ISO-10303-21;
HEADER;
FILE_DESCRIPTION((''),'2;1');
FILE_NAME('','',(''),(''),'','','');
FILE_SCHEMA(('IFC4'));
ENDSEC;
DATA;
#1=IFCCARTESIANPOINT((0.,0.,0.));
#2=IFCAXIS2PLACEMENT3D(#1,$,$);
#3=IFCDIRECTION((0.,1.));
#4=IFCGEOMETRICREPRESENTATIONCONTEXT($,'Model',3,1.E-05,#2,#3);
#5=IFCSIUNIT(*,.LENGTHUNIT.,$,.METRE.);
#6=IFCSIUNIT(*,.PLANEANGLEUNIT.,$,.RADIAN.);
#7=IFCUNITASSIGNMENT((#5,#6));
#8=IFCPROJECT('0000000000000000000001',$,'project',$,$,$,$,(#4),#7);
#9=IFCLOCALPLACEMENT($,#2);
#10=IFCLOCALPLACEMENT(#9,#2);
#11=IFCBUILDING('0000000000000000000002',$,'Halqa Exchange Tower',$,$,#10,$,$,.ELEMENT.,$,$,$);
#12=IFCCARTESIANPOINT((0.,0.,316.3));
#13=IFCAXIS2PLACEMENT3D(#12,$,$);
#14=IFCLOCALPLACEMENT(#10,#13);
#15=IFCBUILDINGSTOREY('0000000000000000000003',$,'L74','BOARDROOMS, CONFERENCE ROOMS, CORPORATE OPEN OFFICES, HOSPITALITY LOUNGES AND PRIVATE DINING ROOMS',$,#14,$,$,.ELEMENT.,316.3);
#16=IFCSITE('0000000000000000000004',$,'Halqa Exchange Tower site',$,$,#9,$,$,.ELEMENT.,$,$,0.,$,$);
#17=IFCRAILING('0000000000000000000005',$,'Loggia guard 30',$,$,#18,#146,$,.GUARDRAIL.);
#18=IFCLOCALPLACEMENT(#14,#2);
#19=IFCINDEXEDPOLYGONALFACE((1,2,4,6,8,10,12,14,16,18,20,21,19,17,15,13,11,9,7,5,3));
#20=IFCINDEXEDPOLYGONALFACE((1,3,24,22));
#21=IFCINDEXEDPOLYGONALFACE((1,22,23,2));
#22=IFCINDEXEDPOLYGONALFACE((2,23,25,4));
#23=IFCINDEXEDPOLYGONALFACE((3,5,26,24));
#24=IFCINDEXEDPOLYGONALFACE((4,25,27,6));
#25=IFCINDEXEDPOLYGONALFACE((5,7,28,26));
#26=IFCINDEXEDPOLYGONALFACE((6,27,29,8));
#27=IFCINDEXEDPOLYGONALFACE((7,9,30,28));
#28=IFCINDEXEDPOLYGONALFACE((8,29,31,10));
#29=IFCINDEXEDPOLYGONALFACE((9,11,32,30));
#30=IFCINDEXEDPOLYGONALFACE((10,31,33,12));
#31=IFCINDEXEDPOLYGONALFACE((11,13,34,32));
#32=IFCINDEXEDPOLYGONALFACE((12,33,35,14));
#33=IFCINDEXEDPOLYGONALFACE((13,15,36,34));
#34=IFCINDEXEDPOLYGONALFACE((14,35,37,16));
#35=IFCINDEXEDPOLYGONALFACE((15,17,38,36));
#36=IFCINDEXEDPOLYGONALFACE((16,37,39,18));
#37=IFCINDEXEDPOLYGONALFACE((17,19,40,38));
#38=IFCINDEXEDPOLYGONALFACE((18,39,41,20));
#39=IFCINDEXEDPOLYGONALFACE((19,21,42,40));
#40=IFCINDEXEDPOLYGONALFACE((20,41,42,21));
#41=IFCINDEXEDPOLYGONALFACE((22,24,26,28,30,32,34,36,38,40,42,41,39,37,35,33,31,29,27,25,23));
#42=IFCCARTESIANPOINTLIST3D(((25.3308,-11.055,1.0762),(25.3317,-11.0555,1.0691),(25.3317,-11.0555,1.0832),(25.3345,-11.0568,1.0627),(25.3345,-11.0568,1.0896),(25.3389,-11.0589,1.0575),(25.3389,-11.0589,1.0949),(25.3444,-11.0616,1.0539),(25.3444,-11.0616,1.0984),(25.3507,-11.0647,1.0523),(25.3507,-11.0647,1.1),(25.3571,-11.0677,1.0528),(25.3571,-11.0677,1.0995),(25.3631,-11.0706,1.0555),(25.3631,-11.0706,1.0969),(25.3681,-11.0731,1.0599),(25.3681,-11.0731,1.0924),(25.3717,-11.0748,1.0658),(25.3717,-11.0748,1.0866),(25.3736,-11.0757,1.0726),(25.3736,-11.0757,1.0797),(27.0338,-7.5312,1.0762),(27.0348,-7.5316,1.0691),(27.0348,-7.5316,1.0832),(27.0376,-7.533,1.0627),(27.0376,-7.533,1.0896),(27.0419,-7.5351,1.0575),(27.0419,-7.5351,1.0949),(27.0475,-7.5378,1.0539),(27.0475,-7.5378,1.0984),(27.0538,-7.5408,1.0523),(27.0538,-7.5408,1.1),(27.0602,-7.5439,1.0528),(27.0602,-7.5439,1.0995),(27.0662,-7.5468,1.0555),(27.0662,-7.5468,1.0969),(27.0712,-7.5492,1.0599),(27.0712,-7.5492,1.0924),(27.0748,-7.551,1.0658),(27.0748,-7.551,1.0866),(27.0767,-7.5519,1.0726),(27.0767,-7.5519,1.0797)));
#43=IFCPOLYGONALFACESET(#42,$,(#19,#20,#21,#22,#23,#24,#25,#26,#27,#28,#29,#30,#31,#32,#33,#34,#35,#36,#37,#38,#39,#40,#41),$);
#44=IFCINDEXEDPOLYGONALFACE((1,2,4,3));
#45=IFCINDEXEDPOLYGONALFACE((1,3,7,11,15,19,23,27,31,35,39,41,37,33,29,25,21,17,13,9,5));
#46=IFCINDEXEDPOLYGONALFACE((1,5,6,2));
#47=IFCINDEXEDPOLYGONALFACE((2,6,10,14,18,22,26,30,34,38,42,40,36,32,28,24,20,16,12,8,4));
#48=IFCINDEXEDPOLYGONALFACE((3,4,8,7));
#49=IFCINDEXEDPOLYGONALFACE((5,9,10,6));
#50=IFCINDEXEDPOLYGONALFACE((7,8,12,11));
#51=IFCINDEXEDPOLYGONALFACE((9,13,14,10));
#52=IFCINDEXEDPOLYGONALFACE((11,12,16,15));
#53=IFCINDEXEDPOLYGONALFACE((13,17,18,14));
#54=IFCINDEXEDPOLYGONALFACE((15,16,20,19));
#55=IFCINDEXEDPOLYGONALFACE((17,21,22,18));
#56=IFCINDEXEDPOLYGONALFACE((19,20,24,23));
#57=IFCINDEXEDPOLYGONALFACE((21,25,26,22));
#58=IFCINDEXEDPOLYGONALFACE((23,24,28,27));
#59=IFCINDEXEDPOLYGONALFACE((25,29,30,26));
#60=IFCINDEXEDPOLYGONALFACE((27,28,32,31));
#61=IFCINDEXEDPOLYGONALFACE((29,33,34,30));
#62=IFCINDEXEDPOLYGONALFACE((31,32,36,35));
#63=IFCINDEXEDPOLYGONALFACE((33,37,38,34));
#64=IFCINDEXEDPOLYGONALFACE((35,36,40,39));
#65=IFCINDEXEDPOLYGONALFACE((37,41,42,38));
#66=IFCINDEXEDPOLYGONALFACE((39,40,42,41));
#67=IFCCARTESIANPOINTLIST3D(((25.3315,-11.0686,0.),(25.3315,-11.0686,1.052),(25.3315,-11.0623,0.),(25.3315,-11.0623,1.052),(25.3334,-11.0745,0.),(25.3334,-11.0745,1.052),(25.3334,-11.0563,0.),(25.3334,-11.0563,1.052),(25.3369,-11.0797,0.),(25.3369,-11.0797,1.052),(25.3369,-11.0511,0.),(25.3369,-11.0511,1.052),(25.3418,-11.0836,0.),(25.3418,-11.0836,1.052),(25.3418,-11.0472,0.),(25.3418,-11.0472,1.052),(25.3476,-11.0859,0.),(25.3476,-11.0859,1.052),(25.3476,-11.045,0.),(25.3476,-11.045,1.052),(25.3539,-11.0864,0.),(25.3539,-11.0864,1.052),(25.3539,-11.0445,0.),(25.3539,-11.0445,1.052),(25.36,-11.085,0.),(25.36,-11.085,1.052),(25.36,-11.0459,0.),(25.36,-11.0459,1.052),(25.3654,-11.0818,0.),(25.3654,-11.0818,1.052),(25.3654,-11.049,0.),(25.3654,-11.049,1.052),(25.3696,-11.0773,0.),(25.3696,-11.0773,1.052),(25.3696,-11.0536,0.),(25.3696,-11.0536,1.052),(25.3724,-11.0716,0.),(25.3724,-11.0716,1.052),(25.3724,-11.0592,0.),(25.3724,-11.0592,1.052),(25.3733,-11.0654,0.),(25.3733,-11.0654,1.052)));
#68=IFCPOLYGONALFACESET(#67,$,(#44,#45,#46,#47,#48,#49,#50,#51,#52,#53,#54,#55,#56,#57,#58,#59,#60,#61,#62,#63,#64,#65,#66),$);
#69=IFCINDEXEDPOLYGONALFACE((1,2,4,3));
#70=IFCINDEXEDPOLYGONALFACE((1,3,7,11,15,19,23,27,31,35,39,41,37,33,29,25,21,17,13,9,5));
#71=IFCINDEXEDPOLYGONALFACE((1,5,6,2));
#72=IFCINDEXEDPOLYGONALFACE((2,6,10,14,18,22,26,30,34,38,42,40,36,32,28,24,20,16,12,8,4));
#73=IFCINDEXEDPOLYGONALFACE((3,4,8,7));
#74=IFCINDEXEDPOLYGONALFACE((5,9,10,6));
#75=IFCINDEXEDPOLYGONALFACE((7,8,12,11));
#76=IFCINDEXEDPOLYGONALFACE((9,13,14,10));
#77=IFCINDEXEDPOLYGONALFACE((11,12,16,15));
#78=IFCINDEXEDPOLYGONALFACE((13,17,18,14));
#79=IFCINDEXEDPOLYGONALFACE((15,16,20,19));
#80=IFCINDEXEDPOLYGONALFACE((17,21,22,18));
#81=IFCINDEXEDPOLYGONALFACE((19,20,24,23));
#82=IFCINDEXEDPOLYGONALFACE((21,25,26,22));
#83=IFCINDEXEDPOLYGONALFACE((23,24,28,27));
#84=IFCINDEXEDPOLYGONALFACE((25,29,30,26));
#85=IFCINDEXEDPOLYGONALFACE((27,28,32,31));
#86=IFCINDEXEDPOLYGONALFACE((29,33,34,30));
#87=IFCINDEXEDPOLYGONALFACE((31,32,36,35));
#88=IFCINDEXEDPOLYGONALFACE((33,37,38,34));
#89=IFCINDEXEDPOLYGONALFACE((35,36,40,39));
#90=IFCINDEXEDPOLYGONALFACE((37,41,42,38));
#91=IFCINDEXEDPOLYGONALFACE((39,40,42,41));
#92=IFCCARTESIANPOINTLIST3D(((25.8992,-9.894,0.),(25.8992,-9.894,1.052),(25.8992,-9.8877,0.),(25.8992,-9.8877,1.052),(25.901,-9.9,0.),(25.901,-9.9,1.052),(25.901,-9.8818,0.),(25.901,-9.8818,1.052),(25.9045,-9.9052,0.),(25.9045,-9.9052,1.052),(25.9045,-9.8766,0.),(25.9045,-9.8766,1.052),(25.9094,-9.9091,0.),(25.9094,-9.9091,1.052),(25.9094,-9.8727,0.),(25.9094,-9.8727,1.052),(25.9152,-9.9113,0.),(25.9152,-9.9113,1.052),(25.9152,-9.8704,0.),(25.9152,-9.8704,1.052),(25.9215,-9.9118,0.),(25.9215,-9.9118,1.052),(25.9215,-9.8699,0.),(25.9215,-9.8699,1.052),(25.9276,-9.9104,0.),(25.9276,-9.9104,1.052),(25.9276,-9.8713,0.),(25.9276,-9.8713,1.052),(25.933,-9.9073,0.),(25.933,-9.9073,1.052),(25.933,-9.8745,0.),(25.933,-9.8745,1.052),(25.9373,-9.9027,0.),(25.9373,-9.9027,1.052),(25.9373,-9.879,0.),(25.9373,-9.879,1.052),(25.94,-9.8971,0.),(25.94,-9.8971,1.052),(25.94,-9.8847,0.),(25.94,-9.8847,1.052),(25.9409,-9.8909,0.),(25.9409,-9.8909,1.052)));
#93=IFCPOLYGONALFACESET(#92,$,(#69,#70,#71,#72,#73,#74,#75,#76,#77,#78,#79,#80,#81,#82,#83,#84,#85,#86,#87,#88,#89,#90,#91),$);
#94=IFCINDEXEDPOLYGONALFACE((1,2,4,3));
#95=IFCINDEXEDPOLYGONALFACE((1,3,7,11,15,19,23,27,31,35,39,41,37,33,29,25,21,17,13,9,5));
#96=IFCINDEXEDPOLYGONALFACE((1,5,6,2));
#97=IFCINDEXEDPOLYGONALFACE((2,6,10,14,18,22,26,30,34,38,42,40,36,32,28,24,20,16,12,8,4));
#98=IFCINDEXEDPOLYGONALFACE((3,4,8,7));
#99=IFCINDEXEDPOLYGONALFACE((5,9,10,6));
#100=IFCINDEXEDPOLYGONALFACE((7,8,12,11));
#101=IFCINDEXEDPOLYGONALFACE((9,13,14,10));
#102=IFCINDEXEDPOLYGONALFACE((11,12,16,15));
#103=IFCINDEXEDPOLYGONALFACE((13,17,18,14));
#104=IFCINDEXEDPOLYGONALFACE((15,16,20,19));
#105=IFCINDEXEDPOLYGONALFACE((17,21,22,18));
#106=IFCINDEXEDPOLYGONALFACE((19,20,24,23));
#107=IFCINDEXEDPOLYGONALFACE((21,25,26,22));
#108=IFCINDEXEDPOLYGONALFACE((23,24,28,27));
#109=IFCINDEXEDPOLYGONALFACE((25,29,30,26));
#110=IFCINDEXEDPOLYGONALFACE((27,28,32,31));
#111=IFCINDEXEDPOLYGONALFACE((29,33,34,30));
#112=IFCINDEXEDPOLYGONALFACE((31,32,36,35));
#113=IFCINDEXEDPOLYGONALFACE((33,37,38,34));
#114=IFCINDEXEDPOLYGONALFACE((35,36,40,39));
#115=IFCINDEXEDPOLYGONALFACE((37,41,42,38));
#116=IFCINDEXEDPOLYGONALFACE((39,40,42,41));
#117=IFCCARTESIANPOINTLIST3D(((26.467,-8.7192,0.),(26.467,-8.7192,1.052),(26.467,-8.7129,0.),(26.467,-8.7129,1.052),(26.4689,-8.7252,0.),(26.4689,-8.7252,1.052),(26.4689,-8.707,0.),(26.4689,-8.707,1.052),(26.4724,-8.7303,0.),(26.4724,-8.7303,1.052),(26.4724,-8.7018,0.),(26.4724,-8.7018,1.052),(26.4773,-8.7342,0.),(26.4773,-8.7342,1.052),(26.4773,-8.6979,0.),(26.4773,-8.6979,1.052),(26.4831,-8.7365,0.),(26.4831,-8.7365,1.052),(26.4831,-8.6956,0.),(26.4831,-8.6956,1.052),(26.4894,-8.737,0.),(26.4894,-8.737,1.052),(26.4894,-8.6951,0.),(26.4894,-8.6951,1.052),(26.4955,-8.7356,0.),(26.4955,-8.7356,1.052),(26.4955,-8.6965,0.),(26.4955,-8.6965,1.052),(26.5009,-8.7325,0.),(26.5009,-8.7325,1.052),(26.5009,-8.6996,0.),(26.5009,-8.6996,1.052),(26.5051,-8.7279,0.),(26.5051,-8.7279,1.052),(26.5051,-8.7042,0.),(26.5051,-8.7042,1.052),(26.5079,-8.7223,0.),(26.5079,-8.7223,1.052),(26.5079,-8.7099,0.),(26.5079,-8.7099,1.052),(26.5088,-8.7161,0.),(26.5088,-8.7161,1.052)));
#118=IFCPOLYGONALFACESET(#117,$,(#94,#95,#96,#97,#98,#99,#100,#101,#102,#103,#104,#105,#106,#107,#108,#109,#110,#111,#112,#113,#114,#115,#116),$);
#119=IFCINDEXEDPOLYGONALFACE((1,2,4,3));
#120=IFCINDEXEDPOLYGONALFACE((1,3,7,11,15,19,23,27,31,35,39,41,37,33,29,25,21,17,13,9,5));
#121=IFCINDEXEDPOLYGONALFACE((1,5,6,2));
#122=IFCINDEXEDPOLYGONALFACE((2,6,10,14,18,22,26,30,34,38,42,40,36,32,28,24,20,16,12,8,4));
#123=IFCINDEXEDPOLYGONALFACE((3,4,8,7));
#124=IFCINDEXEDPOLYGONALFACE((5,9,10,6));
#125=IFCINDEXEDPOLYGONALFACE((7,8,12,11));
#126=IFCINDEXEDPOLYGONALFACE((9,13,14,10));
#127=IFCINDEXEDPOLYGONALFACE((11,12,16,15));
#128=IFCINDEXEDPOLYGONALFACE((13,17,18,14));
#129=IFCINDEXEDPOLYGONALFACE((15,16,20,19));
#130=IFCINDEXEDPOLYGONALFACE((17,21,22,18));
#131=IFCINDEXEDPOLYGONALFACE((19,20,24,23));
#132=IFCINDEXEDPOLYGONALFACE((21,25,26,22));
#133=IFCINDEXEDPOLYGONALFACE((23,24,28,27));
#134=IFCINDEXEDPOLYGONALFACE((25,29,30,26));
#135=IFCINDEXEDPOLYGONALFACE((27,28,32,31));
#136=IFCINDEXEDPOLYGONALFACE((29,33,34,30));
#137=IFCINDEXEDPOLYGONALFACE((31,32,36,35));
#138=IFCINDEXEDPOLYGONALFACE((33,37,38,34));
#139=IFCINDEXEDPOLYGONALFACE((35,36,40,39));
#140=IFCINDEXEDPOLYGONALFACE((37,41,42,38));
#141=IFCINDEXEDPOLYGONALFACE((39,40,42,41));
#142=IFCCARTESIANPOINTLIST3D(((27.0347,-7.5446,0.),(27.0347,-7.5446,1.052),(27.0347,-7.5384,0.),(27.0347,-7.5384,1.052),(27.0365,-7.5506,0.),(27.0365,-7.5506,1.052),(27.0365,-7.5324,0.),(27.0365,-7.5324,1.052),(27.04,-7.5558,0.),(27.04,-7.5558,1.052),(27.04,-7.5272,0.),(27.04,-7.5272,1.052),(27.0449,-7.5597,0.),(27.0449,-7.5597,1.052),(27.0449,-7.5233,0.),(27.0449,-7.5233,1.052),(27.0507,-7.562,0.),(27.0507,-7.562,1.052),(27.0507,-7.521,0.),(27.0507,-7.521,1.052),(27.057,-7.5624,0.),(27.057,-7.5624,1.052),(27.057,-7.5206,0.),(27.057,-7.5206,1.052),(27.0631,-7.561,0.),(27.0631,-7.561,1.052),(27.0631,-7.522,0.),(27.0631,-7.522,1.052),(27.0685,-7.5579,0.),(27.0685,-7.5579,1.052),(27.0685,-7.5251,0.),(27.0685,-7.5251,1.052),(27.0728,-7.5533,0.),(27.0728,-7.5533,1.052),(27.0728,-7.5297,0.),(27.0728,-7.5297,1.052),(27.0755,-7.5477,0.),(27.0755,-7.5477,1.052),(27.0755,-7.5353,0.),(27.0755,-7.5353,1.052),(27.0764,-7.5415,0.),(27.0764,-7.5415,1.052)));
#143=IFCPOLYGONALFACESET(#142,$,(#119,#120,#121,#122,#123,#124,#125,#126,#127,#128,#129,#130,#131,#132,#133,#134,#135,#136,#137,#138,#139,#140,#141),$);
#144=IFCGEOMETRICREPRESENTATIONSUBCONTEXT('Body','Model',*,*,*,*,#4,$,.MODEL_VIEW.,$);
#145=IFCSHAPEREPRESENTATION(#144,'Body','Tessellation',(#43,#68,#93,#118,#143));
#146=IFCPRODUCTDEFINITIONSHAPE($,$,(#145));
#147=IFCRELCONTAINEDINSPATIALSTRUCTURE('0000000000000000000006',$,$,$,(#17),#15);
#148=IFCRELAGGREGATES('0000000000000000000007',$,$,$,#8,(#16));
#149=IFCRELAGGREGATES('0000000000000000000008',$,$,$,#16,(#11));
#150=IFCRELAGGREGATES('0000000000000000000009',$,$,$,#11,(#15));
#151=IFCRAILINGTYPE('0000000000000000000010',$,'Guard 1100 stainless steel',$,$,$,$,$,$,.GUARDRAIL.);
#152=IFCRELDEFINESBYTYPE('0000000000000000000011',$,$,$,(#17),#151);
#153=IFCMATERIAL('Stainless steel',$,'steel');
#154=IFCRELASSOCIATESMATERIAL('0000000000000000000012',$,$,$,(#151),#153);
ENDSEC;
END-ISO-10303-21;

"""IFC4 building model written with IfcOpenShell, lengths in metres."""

from ifc_helpers import new_model, si_unit, direction, frame, origin, origin_2d, place, context, subcontext, project, spatial, circle, extrude, material, type_object, element, save


model = new_model("IFC4")

# Units and contexts
model_context = context("Model", 3, precision=1e-05, world=origin(), true_north=direction((0.0, 1.0)))
body_context = subcontext(model_context, "Body", "Model", "MODEL_VIEW")
ifc_project = project(units=[si_unit("LENGTHUNIT", "METRE"), si_unit("PLANEANGLEUNIT", "RADIAN")], contexts=[model_context])

# Site, building, storey
site_placement = place(None, origin())
site = spatial("IfcSite", under=ifc_project, at=site_placement, Name="Halqa Exchange Tower site", CompositionType="ELEMENT", RefElevation=0.0)
building_placement = place(site_placement, origin())
building = spatial("IfcBuilding", under=site, at=building_placement, Name="Halqa Exchange Tower", CompositionType="ELEMENT")
storey_placement = place(building_placement, frame((0.0, 0.0, 316.3)))
storey = spatial("IfcBuildingStorey", under=building, at=storey_placement, Name="L74", Description="BOARDROOMS, CONFERENCE ROOMS, CORPORATE OPEN OFFICES, HOSPITALITY LOUNGES AND PRIVATE DINING ROOMS", CompositionType="ELEMENT", Elevation=316.3)

# Railing
ifc_material_1 = material(Name="Stainless steel", Category="steel")
railing_type = type_object("IfcRailingType", Name="Guard 1100 stainless steel", PredefinedType="GUARDRAIL", material=ifc_material_1)
railing_1_placement = place(storey_placement, frame((25.3523, -11.0654, 0.0)))
element("IfcRailing", 1, at=railing_1_placement, inside=storey, type_object=railing_type, Name="Loggia guard 30", PredefinedType="GUARDRAIL", context=body_context, shape_type="SweptSolid", body=[
    extrude(circle(Radius=0.0239, at=origin_2d()), frame((0.0, 0.0, 1.0762), z_axis=(0.435147, 0.90036, 0.0), x_axis=(-0.90036, 0.435147, 0.0)), (0.0, 0.0, 1.0), 3.9138),
    extrude(circle(Radius=0.021, at=origin_2d()), origin(), (0.0, 0.0, 1.0), 1.052),
    extrude(circle(Radius=0.021, at=origin_2d()), frame((0.5676, 1.1746, 0.0)), (0.0, 0.0, 1.0), 1.052),
    extrude(circle(Radius=0.021, at=origin_2d()), frame((1.1355, 2.3494, 0.0)), (0.0, 0.0, 1.0), 1.052),
    extrude(circle(Radius=0.021, at=origin_2d()), frame((1.7031, 3.5239, 0.0)), (0.0, 0.0, 1.0), 1.052),
])

save(model, "model.ifc")
